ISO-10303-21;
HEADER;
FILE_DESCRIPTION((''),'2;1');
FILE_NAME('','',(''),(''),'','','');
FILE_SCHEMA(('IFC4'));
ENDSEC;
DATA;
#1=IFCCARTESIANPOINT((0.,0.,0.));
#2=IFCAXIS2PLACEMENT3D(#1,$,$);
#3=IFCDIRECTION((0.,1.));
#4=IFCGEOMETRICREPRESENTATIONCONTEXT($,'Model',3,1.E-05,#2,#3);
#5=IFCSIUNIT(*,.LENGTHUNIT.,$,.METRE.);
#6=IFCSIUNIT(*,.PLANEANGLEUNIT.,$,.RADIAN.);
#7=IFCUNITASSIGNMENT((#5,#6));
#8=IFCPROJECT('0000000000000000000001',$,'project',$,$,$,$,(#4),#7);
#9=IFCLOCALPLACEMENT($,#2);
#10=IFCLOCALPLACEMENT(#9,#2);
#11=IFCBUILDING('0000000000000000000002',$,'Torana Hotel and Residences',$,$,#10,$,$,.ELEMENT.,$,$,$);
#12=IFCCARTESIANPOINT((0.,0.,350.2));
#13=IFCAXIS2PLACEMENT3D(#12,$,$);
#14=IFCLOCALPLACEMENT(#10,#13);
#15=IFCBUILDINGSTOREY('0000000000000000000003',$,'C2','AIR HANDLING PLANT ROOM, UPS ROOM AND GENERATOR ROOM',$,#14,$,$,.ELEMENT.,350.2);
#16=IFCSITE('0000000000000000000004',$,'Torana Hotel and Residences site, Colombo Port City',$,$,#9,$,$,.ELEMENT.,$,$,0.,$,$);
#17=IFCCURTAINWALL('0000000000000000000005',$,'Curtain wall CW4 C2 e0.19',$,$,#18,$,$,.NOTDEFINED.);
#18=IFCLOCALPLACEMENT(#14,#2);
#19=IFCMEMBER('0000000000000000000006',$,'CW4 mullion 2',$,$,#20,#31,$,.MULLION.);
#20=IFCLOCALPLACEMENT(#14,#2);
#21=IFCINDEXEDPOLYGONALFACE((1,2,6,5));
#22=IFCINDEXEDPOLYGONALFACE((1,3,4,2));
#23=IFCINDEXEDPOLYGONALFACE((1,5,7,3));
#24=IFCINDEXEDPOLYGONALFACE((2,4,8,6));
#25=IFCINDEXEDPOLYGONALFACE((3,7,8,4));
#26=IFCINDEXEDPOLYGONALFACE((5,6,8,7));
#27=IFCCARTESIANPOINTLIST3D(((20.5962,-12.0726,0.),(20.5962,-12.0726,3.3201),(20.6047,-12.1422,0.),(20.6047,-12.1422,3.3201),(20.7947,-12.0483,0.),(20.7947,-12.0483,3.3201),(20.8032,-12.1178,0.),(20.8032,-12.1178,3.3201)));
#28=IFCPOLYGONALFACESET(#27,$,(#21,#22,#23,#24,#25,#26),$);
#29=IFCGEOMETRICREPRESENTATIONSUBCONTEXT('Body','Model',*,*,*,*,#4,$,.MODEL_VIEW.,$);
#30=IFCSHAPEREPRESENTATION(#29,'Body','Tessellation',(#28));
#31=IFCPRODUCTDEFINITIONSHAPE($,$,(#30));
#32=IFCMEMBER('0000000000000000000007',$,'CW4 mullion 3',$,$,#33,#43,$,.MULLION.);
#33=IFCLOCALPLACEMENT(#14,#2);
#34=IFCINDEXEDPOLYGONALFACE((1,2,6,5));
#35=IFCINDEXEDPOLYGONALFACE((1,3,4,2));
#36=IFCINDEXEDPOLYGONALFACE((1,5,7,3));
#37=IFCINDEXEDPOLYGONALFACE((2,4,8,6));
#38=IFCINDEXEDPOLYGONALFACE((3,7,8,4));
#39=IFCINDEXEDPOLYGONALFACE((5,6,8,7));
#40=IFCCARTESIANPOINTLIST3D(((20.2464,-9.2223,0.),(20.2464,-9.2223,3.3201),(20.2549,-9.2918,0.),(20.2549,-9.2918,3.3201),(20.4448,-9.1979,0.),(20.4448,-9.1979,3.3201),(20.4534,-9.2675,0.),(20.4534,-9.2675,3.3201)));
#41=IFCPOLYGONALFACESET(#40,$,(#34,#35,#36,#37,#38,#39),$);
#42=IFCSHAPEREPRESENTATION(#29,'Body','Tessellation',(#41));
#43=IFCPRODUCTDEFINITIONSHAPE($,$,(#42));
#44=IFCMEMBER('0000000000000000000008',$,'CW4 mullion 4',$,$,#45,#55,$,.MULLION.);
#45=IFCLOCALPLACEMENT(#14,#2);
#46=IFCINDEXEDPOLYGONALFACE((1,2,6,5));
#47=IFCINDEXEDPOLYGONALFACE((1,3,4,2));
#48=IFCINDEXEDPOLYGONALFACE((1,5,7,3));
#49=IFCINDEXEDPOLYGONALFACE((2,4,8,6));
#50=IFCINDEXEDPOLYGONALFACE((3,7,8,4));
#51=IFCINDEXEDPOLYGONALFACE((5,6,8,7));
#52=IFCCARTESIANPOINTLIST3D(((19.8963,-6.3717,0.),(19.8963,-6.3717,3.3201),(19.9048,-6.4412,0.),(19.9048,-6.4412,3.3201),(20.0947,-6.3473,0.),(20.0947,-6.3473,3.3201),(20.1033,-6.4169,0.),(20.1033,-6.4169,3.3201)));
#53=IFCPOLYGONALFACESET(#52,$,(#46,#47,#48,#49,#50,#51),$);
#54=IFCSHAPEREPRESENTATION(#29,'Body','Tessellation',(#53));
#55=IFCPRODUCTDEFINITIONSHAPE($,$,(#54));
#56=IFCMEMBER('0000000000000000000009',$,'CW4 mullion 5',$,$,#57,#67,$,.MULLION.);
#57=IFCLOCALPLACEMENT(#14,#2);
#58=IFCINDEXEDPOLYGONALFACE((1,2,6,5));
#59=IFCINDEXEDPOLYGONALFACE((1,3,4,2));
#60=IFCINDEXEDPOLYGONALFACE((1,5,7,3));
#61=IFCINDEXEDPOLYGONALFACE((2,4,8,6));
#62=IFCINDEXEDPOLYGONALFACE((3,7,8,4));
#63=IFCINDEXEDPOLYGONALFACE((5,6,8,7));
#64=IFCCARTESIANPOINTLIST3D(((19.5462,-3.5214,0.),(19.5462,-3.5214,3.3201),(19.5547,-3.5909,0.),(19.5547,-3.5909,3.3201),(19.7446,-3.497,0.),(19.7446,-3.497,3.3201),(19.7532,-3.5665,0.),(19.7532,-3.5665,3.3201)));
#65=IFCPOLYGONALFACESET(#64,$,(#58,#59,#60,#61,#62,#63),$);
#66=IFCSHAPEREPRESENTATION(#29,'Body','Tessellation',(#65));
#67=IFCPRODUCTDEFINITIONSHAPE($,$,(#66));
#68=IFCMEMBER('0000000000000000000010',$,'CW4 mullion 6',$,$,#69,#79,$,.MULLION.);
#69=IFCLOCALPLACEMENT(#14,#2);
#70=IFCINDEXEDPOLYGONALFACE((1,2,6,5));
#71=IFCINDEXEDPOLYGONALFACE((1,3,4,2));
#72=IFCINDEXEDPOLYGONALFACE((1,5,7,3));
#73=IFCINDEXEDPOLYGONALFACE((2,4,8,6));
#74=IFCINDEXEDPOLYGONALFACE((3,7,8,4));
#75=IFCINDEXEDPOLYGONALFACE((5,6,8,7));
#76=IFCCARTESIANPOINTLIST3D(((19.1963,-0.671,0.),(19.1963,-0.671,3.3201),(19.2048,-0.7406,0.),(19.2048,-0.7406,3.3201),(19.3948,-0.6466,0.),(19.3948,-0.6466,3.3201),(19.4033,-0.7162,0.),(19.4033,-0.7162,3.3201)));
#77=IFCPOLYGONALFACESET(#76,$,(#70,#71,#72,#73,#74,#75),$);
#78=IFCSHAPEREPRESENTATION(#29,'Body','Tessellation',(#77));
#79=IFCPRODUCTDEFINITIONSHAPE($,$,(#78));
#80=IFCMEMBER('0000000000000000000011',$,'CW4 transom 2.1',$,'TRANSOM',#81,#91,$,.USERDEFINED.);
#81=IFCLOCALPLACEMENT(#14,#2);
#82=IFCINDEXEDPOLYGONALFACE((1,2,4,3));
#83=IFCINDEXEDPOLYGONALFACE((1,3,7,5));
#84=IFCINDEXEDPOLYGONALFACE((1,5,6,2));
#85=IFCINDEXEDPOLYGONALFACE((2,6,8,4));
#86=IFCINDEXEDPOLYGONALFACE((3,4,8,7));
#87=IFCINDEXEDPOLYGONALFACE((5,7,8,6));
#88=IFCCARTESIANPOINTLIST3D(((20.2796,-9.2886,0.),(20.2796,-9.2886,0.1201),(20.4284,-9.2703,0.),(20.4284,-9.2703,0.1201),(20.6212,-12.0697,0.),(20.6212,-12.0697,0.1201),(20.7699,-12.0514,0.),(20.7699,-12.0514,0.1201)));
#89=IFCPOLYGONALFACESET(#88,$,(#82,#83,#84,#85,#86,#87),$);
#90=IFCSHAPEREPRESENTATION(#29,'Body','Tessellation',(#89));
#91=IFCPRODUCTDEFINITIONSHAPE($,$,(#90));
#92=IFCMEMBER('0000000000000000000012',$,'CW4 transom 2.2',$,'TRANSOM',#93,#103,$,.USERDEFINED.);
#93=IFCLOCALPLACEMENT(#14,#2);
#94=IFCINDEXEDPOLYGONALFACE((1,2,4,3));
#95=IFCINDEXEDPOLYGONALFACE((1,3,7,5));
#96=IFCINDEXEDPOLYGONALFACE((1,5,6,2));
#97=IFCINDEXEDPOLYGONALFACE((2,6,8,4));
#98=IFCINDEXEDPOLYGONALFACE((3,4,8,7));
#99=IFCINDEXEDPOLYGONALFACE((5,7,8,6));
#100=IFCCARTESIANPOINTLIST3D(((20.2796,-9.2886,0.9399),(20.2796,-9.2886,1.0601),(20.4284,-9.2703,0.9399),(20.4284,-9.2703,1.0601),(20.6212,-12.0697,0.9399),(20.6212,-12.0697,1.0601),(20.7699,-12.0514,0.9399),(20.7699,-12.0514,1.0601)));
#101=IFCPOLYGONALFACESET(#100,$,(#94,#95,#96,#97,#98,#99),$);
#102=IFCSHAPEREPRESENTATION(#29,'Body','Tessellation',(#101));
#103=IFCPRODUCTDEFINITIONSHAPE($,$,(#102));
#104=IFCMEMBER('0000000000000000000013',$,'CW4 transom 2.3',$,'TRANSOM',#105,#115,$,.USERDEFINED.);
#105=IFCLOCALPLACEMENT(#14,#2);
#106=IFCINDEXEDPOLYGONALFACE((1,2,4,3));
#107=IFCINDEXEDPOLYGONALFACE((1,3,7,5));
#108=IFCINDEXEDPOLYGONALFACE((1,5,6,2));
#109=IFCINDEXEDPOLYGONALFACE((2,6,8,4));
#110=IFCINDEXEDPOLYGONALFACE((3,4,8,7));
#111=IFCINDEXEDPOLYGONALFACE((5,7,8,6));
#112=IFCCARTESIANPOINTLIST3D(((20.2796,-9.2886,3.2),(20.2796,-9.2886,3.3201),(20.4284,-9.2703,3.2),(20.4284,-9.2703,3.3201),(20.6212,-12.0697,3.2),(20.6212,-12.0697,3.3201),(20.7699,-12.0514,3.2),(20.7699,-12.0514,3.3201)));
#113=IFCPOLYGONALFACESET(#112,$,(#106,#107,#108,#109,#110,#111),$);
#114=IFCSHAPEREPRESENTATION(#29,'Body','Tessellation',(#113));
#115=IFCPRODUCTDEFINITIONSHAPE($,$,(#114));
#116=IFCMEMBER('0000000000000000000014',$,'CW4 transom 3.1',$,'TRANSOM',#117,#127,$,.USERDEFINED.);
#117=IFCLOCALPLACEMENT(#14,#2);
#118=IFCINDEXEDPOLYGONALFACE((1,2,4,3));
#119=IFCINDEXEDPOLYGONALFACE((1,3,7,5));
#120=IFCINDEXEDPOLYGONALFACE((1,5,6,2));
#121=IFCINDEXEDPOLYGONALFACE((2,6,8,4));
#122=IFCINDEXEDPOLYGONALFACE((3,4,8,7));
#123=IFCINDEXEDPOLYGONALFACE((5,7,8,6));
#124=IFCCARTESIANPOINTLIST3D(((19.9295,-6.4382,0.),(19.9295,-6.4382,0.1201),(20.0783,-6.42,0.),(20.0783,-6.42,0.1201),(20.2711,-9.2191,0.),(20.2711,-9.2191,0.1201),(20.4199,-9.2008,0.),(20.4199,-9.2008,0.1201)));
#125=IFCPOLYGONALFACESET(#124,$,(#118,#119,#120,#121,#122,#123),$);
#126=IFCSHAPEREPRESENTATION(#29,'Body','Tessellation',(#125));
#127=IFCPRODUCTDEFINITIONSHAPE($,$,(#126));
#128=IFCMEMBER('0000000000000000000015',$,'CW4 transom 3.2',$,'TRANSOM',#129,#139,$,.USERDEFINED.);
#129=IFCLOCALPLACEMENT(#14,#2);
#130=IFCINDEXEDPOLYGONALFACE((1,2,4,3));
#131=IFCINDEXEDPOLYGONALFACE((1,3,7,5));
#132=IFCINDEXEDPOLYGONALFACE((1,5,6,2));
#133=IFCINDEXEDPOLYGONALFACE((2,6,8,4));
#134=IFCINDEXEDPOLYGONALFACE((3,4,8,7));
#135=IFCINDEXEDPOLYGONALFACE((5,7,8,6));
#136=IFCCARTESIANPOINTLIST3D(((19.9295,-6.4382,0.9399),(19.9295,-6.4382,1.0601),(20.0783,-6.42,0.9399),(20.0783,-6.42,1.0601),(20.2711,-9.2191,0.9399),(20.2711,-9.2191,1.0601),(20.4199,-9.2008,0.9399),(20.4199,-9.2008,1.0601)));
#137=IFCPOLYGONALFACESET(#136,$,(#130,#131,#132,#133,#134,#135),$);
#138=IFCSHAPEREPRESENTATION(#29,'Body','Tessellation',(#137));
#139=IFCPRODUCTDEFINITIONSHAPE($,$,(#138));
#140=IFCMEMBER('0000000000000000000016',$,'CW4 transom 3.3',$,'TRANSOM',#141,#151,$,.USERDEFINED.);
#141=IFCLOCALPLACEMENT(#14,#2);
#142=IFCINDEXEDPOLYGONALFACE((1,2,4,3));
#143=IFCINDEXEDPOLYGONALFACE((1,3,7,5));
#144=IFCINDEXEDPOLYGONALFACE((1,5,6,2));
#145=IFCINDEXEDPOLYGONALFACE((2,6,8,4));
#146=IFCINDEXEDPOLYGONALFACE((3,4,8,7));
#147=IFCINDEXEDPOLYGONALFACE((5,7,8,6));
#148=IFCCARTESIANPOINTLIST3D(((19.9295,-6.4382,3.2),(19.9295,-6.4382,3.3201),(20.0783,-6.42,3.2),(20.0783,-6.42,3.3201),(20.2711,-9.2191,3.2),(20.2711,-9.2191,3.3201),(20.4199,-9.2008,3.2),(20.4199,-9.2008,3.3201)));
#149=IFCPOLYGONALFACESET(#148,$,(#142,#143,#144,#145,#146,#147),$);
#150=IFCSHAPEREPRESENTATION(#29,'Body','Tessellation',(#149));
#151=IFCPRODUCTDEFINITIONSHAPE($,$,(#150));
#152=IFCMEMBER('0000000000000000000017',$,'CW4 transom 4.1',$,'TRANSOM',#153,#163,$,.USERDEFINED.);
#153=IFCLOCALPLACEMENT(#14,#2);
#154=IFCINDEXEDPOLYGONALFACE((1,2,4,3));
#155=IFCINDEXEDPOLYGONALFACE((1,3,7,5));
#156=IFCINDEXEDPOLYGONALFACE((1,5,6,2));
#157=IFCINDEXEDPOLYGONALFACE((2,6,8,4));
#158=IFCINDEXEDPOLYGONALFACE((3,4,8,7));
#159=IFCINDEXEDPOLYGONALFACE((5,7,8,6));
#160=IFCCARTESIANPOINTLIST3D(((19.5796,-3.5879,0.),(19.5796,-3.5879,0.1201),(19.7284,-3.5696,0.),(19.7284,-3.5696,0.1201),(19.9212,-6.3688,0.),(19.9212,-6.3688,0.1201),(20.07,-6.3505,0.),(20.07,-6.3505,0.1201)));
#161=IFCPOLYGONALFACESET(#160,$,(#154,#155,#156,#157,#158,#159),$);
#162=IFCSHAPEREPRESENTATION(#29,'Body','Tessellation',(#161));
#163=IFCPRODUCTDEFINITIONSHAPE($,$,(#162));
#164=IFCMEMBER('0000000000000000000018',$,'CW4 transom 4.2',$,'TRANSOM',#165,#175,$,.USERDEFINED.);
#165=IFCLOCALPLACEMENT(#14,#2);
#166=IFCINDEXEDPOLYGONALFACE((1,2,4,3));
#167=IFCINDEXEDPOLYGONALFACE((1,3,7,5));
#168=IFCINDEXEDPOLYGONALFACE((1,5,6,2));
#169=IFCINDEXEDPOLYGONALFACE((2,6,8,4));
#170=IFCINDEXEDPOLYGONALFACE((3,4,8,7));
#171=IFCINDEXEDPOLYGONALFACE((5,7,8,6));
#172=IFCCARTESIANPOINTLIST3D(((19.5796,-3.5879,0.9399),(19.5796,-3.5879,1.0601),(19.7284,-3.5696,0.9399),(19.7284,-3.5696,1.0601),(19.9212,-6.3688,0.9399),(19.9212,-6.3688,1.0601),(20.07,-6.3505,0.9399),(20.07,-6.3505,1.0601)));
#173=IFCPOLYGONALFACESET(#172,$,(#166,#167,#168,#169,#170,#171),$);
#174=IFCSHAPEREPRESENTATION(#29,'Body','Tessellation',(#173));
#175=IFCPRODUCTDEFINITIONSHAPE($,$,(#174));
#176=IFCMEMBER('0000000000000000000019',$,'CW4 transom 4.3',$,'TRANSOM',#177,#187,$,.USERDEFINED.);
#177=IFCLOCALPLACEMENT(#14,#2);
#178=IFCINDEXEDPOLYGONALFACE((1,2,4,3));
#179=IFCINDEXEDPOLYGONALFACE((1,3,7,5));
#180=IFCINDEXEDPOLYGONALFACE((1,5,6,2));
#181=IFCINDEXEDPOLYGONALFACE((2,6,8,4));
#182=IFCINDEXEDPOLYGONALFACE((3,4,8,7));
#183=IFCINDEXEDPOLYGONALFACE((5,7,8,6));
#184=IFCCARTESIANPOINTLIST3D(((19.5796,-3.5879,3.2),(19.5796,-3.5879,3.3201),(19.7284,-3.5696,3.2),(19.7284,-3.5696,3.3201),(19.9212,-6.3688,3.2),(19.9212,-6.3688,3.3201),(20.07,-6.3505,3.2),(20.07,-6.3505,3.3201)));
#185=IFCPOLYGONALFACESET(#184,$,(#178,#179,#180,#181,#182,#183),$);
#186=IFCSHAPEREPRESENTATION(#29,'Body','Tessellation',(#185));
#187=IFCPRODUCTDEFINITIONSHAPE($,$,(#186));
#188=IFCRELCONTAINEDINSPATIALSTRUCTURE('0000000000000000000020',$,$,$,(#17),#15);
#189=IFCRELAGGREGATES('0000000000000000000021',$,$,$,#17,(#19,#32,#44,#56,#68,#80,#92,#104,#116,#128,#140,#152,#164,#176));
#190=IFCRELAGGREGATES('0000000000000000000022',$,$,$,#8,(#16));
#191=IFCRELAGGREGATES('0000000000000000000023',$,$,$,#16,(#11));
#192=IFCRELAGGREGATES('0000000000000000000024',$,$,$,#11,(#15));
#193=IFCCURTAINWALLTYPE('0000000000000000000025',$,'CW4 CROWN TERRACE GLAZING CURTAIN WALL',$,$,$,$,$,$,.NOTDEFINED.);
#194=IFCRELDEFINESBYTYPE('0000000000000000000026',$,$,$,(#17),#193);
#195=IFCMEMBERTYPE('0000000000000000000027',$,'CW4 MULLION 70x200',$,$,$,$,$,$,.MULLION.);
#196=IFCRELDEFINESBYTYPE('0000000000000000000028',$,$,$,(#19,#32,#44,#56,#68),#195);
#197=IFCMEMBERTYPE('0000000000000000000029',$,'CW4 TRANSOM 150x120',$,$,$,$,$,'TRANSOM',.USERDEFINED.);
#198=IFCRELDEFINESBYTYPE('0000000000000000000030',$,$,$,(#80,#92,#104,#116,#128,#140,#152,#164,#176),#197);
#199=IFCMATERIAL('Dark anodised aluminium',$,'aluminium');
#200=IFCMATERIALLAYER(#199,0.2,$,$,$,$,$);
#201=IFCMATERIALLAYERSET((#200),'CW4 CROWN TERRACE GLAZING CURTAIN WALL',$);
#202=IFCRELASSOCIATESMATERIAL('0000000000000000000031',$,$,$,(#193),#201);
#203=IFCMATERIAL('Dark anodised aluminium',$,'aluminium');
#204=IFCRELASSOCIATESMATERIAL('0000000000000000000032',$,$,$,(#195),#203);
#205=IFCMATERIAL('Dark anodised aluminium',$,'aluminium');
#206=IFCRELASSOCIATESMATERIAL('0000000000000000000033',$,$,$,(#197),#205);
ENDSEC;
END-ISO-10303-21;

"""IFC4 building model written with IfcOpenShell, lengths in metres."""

from ifc_helpers import new_model, si_unit, direction, frame, origin, origin_2d, place, context, subcontext, project, spatial, rectangle, extrude, material, layer, layer_set, material_profile, profile_set, type_object, element, aggregate, save


model = new_model("IFC4")

# Units and contexts
model_context = context("Model", 3, precision=1e-05, world=origin(), true_north=direction((0.0, 1.0)))
body_context = subcontext(model_context, "Body", "Model", "MODEL_VIEW")
ifc_project = project(units=[si_unit("LENGTHUNIT", "METRE"), si_unit("PLANEANGLEUNIT", "RADIAN")], contexts=[model_context])

# Site, building, storey
site_placement = place(None, origin())
site = spatial("IfcSite", under=ifc_project, at=site_placement, Name="Torana Hotel and Residences site, Colombo Port City", CompositionType="ELEMENT", RefElevation=0.0)
building_placement = place(site_placement, origin())
building = spatial("IfcBuilding", under=site, at=building_placement, Name="Torana Hotel and Residences", CompositionType="ELEMENT")
storey_placement = place(building_placement, frame((0.0, 0.0, 350.2)))
storey = spatial("IfcBuildingStorey", under=building, at=storey_placement, Name="C2", Description="AIR HANDLING PLANT ROOM, UPS ROOM AND GENERATOR ROOM", CompositionType="ELEMENT", Elevation=350.2)

# Curtain wall, members
ifc_material_1 = material(Name="Dark anodised aluminium", Category="aluminium")
ifc_layer_1 = layer(ifc_material_1, 0.2)
ifc_layer_set_1 = layer_set([ifc_layer_1], Name="CW4 CROWN TERRACE GLAZING CURTAIN WALL")
curtain_wall_type = type_object("IfcCurtainWallType", Name="CW4 CROWN TERRACE GLAZING CURTAIN WALL", PredefinedType="NOTDEFINED", material=ifc_layer_set_1)
curtain_wall_placement = place(storey_placement, origin())
curtain_wall = element("IfcCurtainWall", 1, at=curtain_wall_placement, inside=storey, type_object=curtain_wall_type, Name="Curtain wall CW4 C2 e0.19", PredefinedType="NOTDEFINED")
ifc_material_2 = material(Name="Dark anodised aluminium", Category="aluminium")
ifc_material_profile_1 = material_profile(ifc_material_2, rectangle(XDim=0.2, YDim=0.0701, at=origin_2d()), Name="CW4 MULLION 70x200")
ifc_profile_set_1 = profile_set([ifc_material_profile_1], Name="Dark anodised aluminium")
member_type_1 = type_object("IfcMemberType", Name="CW4 MULLION 70x200", PredefinedType="MULLION", material=ifc_profile_set_1)
member_1_placement = place(storey_placement, frame((20.6997, -12.0952, 0.0), z_axis=(0.0, 0.0, 1.0), x_axis=(-0.992546, -0.121869, 0.0)))
member_1 = element("IfcMember", 2, at=member_1_placement, type_object=member_type_1, Name="CW4 mullion 2", PredefinedType="MULLION", context=body_context, shape_type="SweptSolid", body=[
    extrude(rectangle(XDim=0.2, YDim=0.0701, at=origin_2d()), origin(), (0.0, 0.0, 1.0), 3.3201),
])
member_2_placement = place(storey_placement, frame((20.3499, -9.2449, 0.0), z_axis=(0.0, 0.0, 1.0), x_axis=(-0.992546, -0.121869, 0.0)))
member_2 = element("IfcMember", 3, at=member_2_placement, type_object=member_type_1, Name="CW4 mullion 3", PredefinedType="MULLION", context=body_context, shape_type="SweptSolid", body=[
    extrude(rectangle(XDim=0.2, YDim=0.0701, at=origin_2d()), origin(), (0.0, 0.0, 1.0), 3.3201),
])
member_3_placement = place(storey_placement, frame((19.9998, -6.3943, 0.0), z_axis=(0.0, 0.0, 1.0), x_axis=(-0.992546, -0.121869, 0.0)))
member_3 = element("IfcMember", 4, at=member_3_placement, type_object=member_type_1, Name="CW4 mullion 4", PredefinedType="MULLION", context=body_context, shape_type="SweptSolid", body=[
    extrude(rectangle(XDim=0.2, YDim=0.0701, at=origin_2d()), origin(), (0.0, 0.0, 1.0), 3.3201),
])
member_4_placement = place(storey_placement, frame((19.6497, -3.5439, 0.0), z_axis=(0.0, 0.0, 1.0), x_axis=(-0.992546, -0.121869, 0.0)))
member_4 = element("IfcMember", 5, at=member_4_placement, type_object=member_type_1, Name="CW4 mullion 5", PredefinedType="MULLION", context=body_context, shape_type="SweptSolid", body=[
    extrude(rectangle(XDim=0.2, YDim=0.0701, at=origin_2d()), origin(), (0.0, 0.0, 1.0), 3.3201),
])
member_5_placement = place(storey_placement, frame((19.2998, -0.6936, 0.0), z_axis=(0.0, 0.0, 1.0), x_axis=(-0.992546, -0.121869, 0.0)))
member_5 = element("IfcMember", 6, at=member_5_placement, type_object=member_type_1, Name="CW4 mullion 6", PredefinedType="MULLION", context=body_context, shape_type="SweptSolid", body=[
    extrude(rectangle(XDim=0.2, YDim=0.0701, at=origin_2d()), origin(), (0.0, 0.0, 1.0), 3.3201),
])
ifc_material_3 = material(Name="Dark anodised aluminium", Category="aluminium")
ifc_material_profile_2 = material_profile(ifc_material_3, rectangle(XDim=0.1499, YDim=0.1201, at=origin_2d()), Name="CW4 TRANSOM 150x120")
ifc_profile_set_2 = profile_set([ifc_material_profile_2], Name="Dark anodised aluminium")
member_type_2 = type_object("IfcMemberType", Name="CW4 TRANSOM 150x120", ElementType="TRANSOM", PredefinedType="USERDEFINED", material=ifc_profile_set_2)
member_6_placement = place(storey_placement, frame((20.6956, -12.0605, 0.0601), z_axis=(-0.1219, 0.992542, 0.0), x_axis=(-0.992542, -0.1219, 0.0)))
member_6 = element("IfcMember", 7, at=member_6_placement, type_object=member_type_2, Name="CW4 transom 2.1", ObjectType="TRANSOM", PredefinedType="USERDEFINED", context=body_context, shape_type="SweptSolid", body=[
    extrude(rectangle(XDim=0.1499, YDim=0.1201, at=origin_2d()), origin(), (0.0, 0.0, 1.0), 2.802),
])
member_7_placement = place(storey_placement, frame((20.6956, -12.0605, 1.0), z_axis=(-0.1219, 0.992542, 0.0), x_axis=(-0.992542, -0.1219, 0.0)))
member_7 = element("IfcMember", 8, at=member_7_placement, type_object=member_type_2, Name="CW4 transom 2.2", ObjectType="TRANSOM", PredefinedType="USERDEFINED", context=body_context, shape_type="SweptSolid", body=[
    extrude(rectangle(XDim=0.1499, YDim=0.1201, at=origin_2d()), origin(), (0.0, 0.0, 1.0), 2.802),
])
member_8_placement = place(storey_placement, frame((20.6956, -12.0605, 3.26), z_axis=(-0.1219, 0.992542, 0.0), x_axis=(-0.992542, -0.1219, 0.0)))
member_8 = element("IfcMember", 9, at=member_8_placement, type_object=member_type_2, Name="CW4 transom 2.3", ObjectType="TRANSOM", PredefinedType="USERDEFINED", context=body_context, shape_type="SweptSolid", body=[
    extrude(rectangle(XDim=0.1499, YDim=0.1201, at=origin_2d()), origin(), (0.0, 0.0, 1.0), 2.802),
])
member_9_placement = place(storey_placement, frame((20.3455, -9.21, 0.0601), z_axis=(-0.121911, 0.992541, 0.0), x_axis=(-0.992541, -0.121911, 0.0)))
member_9 = element("IfcMember", 10, at=member_9_placement, type_object=member_type_2, Name="CW4 transom 3.1", ObjectType="TRANSOM", PredefinedType="USERDEFINED", context=body_context, shape_type="SweptSolid", body=[
    extrude(rectangle(XDim=0.1499, YDim=0.1201, at=origin_2d()), origin(), (0.0, 0.0, 1.0), 2.8018),
])
member_10_placement = place(storey_placement, frame((20.3455, -9.21, 1.0), z_axis=(-0.121911, 0.992541, 0.0), x_axis=(-0.992541, -0.121911, 0.0)))
member_10 = element("IfcMember", 11, at=member_10_placement, type_object=member_type_2, Name="CW4 transom 3.2", ObjectType="TRANSOM", PredefinedType="USERDEFINED", context=body_context, shape_type="SweptSolid", body=[
    extrude(rectangle(XDim=0.1499, YDim=0.1201, at=origin_2d()), origin(), (0.0, 0.0, 1.0), 2.8018),
])
member_11_placement = place(storey_placement, frame((20.3455, -9.21, 3.26), z_axis=(-0.121911, 0.992541, 0.0), x_axis=(-0.992541, -0.121911, 0.0)))
member_11 = element("IfcMember", 12, at=member_11_placement, type_object=member_type_2, Name="CW4 transom 3.3", ObjectType="TRANSOM", PredefinedType="USERDEFINED", context=body_context, shape_type="SweptSolid", body=[
    extrude(rectangle(XDim=0.1499, YDim=0.1201, at=origin_2d()), origin(), (0.0, 0.0, 1.0), 2.8018),
])
member_12_placement = place(storey_placement, frame((19.9956, -6.3596, 0.0601), z_axis=(-0.121911, 0.992541, 0.0), x_axis=(-0.992541, -0.121911, 0.0)))
member_12 = element("IfcMember", 13, at=member_12_placement, type_object=member_type_2, Name="CW4 transom 4.1", ObjectType="TRANSOM", PredefinedType="USERDEFINED", context=body_context, shape_type="SweptSolid", body=[
    extrude(rectangle(XDim=0.1499, YDim=0.1201, at=origin_2d()), origin(), (0.0, 0.0, 1.0), 2.8018),
])
member_13_placement = place(storey_placement, frame((19.9956, -6.3596, 1.0), z_axis=(-0.121911, 0.992541, 0.0), x_axis=(-0.992541, -0.121911, 0.0)))
member_13 = element("IfcMember", 14, at=member_13_placement, type_object=member_type_2, Name="CW4 transom 4.2", ObjectType="TRANSOM", PredefinedType="USERDEFINED", context=body_context, shape_type="SweptSolid", body=[
    extrude(rectangle(XDim=0.1499, YDim=0.1201, at=origin_2d()), origin(), (0.0, 0.0, 1.0), 2.8018),
])
member_14_placement = place(storey_placement, frame((19.9956, -6.3596, 3.26), z_axis=(-0.121911, 0.992541, 0.0), x_axis=(-0.992541, -0.121911, 0.0)))
member_14 = element("IfcMember", 15, at=member_14_placement, type_object=member_type_2, Name="CW4 transom 4.3", ObjectType="TRANSOM", PredefinedType="USERDEFINED", context=body_context, shape_type="SweptSolid", body=[
    extrude(rectangle(XDim=0.1499, YDim=0.1201, at=origin_2d()), origin(), (0.0, 0.0, 1.0), 2.8018),
])
aggregate(curtain_wall, [member_1, member_2, member_3, member_4, member_5, member_6, member_7, member_8, member_9, member_10, member_11, member_12, member_13, member_14])

save(model, "model.ifc")
